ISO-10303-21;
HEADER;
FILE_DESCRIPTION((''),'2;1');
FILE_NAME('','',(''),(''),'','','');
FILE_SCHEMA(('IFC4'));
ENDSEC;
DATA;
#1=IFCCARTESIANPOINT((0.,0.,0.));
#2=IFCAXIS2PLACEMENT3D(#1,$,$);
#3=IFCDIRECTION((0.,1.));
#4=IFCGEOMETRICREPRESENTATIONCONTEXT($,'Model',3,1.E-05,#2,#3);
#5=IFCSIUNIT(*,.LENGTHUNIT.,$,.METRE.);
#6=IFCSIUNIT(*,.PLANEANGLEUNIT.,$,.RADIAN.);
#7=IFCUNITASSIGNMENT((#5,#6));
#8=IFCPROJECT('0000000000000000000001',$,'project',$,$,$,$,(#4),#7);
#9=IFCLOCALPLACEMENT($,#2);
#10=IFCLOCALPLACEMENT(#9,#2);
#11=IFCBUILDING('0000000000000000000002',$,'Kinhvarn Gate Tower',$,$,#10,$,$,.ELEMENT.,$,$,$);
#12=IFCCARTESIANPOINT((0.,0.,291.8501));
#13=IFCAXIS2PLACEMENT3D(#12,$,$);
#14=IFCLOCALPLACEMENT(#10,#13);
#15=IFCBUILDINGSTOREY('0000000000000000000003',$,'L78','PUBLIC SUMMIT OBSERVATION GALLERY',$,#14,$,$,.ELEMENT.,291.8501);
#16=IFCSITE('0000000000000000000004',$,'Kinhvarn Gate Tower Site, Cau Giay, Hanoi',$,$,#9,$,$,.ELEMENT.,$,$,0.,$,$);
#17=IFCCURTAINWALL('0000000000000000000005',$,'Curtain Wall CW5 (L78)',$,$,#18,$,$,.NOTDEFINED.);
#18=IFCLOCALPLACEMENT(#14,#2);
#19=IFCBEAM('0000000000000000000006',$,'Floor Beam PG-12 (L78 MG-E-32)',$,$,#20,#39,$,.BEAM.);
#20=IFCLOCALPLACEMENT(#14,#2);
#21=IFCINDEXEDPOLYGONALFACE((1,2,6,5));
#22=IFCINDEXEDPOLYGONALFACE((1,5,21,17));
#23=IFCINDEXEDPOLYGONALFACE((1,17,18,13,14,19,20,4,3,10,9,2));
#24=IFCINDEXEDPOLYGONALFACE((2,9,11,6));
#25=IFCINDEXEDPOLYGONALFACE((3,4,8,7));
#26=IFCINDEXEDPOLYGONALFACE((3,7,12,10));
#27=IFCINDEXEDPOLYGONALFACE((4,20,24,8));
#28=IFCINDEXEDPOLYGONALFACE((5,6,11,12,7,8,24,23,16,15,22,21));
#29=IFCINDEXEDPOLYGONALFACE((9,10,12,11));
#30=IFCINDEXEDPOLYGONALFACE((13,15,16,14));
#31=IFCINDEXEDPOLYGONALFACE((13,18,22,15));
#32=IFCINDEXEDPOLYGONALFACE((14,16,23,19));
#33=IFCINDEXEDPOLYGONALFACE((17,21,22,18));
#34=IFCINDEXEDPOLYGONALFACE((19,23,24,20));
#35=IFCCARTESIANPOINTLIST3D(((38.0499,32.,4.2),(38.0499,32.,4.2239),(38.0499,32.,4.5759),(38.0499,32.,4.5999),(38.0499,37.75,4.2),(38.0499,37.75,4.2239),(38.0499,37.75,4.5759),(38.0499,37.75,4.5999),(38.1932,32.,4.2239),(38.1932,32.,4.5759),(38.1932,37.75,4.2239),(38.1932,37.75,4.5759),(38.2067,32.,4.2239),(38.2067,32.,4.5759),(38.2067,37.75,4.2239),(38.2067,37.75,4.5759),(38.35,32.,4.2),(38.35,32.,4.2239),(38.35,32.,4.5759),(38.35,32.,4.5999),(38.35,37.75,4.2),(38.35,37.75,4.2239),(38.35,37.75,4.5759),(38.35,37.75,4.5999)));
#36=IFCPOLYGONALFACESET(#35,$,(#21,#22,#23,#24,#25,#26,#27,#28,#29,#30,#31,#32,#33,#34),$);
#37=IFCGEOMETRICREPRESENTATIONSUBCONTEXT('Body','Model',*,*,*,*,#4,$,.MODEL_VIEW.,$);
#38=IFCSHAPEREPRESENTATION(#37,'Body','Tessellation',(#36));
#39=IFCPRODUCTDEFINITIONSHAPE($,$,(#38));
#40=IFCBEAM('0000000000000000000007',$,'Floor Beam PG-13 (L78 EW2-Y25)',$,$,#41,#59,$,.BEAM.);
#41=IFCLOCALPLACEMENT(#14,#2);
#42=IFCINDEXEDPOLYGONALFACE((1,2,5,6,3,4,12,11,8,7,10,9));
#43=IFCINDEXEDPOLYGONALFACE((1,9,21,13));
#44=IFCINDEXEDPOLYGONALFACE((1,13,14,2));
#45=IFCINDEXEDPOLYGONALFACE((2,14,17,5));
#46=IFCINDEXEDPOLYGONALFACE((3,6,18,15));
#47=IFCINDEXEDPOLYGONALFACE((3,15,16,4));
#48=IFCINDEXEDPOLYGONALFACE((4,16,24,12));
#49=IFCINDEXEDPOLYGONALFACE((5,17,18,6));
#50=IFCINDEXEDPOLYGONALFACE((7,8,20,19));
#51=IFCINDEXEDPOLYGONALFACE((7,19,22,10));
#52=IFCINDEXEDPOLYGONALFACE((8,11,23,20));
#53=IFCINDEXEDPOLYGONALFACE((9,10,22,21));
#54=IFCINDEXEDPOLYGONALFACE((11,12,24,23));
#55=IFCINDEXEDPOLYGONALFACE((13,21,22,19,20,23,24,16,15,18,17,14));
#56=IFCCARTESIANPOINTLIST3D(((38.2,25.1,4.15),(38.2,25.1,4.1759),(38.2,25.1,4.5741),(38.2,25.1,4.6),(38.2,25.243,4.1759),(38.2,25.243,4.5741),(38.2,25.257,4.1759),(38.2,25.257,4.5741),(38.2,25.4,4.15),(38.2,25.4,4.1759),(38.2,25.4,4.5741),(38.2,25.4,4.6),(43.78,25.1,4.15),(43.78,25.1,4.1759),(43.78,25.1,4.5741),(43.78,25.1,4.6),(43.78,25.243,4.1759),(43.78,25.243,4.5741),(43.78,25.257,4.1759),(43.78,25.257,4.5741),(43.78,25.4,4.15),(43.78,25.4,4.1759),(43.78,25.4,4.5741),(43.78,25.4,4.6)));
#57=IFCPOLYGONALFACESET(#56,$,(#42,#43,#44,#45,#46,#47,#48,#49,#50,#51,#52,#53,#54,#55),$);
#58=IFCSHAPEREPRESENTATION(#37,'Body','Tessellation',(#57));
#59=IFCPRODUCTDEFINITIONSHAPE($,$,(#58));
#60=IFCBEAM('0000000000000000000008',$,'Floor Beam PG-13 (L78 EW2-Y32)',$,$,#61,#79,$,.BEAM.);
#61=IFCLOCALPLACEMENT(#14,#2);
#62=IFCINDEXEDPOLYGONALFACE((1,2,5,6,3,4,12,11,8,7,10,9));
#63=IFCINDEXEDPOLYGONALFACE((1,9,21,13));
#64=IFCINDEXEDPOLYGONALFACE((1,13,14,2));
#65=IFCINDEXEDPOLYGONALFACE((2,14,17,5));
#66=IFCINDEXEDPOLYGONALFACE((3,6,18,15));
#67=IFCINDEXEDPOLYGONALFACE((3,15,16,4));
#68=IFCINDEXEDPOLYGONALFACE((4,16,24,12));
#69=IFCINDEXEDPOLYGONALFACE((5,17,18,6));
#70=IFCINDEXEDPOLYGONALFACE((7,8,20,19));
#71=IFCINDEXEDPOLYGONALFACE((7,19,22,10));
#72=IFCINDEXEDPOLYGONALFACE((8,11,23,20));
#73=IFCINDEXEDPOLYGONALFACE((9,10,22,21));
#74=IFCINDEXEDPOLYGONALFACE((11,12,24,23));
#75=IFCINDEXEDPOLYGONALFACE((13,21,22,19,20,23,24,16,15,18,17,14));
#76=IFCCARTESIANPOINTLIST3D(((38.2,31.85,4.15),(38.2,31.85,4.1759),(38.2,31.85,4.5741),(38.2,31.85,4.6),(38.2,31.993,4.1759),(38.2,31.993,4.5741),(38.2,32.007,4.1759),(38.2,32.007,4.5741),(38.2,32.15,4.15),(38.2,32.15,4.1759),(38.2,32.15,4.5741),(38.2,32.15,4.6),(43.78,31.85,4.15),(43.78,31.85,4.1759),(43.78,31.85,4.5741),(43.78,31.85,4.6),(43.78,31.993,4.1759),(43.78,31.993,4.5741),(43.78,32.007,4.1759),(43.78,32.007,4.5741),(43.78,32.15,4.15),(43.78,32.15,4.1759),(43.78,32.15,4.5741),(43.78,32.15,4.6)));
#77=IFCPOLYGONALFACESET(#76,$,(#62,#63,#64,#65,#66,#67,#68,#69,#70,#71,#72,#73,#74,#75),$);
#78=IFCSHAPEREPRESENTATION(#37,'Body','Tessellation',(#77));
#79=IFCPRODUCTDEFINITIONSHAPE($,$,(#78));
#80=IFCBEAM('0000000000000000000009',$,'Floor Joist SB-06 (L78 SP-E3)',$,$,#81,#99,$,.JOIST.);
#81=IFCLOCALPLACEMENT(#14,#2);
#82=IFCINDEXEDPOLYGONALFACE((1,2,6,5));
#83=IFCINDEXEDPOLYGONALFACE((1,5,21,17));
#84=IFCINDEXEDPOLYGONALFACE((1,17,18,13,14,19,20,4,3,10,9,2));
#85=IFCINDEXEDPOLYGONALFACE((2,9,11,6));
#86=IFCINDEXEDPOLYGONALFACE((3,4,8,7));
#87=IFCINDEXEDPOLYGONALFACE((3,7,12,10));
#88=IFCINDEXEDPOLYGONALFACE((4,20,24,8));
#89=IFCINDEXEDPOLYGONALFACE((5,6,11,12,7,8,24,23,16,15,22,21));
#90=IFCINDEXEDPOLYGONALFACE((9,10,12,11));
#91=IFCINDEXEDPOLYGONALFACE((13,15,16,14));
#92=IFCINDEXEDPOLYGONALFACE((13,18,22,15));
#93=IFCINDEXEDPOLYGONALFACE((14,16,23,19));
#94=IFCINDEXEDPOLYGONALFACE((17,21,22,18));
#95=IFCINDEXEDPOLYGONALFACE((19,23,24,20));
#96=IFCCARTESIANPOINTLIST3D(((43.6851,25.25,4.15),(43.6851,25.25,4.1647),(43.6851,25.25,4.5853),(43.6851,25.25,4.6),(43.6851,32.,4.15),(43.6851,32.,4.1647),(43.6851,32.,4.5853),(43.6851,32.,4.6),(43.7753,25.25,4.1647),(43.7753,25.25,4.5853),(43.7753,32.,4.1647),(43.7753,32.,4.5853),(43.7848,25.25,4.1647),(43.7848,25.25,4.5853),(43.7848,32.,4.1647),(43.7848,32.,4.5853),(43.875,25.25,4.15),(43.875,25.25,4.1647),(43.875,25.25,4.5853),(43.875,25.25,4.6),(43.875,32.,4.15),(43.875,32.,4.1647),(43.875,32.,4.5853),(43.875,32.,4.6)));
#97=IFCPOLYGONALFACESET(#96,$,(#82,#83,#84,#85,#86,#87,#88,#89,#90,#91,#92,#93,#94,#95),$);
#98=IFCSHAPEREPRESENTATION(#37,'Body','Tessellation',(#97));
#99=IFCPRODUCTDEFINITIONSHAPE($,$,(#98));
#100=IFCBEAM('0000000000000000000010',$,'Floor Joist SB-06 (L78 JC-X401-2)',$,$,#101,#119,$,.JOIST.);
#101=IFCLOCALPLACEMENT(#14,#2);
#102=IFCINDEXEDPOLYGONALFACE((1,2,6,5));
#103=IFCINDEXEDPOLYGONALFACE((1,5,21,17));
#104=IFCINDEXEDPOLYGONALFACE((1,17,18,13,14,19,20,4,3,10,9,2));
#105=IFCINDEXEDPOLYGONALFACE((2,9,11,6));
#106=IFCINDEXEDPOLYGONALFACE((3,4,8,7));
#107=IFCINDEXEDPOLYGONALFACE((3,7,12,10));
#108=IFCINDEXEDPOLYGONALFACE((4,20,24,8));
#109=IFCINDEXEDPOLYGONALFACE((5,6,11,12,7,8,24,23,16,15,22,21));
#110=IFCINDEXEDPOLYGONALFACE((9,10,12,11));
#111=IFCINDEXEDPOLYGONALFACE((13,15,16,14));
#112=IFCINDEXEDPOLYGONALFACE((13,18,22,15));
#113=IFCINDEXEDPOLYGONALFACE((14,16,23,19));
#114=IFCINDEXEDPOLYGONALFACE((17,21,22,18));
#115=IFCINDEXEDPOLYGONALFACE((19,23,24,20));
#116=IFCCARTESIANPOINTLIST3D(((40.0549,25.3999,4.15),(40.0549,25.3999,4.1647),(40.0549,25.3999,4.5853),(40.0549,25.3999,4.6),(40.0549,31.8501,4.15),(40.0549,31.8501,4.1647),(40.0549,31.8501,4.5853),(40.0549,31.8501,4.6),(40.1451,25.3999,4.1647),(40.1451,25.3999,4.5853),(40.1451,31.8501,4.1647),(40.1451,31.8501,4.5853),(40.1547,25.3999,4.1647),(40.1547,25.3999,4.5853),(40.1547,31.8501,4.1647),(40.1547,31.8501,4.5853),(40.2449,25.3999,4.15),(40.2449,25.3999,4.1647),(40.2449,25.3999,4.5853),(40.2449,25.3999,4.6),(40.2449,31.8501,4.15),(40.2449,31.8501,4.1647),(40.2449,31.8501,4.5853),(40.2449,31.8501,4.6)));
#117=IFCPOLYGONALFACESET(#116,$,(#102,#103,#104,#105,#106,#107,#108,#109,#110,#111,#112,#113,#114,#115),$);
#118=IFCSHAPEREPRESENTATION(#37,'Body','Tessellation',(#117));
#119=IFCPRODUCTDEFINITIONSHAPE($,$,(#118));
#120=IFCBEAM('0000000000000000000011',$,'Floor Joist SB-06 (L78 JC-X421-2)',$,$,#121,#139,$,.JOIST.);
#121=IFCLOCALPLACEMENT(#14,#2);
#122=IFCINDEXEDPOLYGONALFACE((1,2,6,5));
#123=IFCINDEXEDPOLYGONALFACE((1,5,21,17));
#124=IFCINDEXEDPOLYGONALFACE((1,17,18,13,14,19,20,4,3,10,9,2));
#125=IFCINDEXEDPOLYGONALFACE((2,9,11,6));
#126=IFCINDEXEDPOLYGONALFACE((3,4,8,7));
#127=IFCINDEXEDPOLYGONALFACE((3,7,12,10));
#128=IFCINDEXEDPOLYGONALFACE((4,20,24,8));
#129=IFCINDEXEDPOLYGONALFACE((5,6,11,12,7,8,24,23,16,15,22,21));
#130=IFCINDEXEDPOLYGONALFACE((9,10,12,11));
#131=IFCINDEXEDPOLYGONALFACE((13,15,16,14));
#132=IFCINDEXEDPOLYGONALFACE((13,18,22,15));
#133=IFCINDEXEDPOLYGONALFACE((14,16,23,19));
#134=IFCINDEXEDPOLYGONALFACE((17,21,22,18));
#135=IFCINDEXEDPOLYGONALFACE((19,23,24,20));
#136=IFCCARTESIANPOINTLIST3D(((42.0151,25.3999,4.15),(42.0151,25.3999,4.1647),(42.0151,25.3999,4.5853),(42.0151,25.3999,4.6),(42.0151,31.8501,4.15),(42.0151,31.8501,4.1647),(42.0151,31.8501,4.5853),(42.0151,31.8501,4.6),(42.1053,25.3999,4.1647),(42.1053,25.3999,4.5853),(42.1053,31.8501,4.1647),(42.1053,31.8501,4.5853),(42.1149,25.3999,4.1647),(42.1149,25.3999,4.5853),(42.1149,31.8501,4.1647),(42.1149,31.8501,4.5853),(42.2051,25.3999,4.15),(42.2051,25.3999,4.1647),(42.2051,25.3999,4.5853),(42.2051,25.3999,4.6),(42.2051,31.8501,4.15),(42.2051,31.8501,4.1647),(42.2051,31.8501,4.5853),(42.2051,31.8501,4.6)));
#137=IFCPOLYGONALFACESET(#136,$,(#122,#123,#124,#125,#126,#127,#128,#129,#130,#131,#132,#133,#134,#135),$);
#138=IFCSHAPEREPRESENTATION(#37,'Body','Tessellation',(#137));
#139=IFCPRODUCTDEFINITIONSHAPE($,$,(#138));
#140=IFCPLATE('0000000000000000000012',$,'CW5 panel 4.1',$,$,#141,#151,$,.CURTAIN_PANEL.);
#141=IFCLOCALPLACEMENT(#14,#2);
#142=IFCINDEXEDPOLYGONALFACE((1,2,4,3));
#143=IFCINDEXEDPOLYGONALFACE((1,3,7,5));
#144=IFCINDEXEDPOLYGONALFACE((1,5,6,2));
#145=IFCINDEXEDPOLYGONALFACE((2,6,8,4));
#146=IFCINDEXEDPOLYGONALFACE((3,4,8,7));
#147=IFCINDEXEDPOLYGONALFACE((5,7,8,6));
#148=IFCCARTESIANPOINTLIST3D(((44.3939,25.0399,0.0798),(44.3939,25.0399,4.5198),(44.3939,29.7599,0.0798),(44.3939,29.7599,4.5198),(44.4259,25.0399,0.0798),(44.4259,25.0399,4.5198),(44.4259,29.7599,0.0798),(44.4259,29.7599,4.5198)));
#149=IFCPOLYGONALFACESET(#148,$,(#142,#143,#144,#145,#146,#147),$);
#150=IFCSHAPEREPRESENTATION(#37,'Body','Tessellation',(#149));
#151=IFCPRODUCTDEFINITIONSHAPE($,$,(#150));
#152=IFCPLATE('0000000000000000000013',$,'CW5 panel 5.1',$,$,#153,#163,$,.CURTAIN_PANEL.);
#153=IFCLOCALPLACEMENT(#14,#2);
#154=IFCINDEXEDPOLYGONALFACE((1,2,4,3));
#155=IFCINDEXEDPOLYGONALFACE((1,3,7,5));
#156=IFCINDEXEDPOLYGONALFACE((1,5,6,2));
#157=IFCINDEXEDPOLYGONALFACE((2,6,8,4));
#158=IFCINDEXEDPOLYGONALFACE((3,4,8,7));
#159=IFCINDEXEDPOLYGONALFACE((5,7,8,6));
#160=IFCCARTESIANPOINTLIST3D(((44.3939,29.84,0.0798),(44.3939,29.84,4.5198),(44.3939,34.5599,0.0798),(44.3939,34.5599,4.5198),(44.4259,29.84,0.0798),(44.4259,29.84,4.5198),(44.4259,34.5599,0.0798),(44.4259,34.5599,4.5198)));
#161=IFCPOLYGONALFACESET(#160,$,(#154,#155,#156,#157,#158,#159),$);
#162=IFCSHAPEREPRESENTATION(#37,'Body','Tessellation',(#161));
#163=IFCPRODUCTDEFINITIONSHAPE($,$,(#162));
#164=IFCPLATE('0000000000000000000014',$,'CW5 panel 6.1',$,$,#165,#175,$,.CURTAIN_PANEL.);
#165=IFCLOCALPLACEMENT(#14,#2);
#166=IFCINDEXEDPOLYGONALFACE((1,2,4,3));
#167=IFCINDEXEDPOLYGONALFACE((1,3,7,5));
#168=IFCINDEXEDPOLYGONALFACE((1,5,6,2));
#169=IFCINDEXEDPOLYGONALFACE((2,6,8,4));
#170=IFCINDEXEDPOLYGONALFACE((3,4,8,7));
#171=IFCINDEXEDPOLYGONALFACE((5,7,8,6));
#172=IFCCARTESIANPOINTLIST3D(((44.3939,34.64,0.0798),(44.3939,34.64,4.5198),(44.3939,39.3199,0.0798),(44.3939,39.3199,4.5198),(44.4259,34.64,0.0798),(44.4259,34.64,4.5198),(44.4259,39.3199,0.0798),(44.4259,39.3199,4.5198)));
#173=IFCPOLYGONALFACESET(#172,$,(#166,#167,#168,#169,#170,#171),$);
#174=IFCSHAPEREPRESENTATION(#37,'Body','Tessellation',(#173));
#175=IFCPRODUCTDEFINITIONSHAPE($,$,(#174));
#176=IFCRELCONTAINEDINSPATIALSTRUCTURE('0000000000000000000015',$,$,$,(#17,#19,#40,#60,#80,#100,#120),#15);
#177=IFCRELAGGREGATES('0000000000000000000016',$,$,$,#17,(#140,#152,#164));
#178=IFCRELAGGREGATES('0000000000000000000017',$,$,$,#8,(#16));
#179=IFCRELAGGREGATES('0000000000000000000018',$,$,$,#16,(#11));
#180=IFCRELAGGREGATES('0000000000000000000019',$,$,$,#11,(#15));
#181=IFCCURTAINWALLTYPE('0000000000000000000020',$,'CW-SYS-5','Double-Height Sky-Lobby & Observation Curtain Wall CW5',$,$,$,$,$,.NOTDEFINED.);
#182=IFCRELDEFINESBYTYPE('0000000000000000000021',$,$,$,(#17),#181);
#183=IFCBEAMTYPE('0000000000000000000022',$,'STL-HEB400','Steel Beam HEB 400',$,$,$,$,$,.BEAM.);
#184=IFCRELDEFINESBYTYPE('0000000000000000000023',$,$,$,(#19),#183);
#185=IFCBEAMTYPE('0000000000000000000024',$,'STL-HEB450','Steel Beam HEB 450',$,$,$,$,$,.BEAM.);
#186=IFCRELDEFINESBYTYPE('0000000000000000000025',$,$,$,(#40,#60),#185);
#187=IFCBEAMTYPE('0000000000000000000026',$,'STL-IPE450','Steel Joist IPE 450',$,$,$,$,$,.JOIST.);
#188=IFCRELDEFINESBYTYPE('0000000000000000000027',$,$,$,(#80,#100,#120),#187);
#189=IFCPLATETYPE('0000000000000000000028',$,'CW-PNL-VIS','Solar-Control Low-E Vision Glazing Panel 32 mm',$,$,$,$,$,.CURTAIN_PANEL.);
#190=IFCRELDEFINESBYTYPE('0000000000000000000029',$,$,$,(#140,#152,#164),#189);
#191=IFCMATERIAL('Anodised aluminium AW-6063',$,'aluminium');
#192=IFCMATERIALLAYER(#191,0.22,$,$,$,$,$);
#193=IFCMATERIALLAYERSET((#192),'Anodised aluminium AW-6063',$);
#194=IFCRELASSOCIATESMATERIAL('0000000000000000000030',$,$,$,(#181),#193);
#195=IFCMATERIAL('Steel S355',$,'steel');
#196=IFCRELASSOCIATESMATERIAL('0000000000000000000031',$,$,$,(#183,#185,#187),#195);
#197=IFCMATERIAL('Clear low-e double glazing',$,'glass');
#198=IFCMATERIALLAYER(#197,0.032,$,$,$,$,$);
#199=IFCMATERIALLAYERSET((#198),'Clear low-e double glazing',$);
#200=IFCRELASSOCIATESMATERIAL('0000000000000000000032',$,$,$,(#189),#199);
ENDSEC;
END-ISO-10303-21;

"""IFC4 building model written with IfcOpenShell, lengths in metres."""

from ifc_helpers import new_model, si_unit, direction, frame, origin, origin_2d, place, context, subcontext, project, spatial, rectangle, i_section, extrude, material, layer, layer_set, material_profile, profile_set, type_object, element, aggregate, save


model = new_model("IFC4")

# Units and contexts
model_context = context("Model", 3, precision=1e-05, world=origin(), true_north=direction((0.0, 1.0)))
body_context = subcontext(model_context, "Body", "Model", "MODEL_VIEW")
ifc_project = project(units=[si_unit("LENGTHUNIT", "METRE"), si_unit("PLANEANGLEUNIT", "RADIAN")], contexts=[model_context])

# Site, building, storey
site_placement = place(None, origin())
site = spatial("IfcSite", under=ifc_project, at=site_placement, Name="Kinhvarn Gate Tower Site, Cau Giay, Hanoi", CompositionType="ELEMENT", RefElevation=0.0)
building_placement = place(site_placement, origin())
building = spatial("IfcBuilding", under=site, at=building_placement, Name="Kinhvarn Gate Tower", CompositionType="ELEMENT")
storey_placement = place(building_placement, frame((0.0, 0.0, 291.8501)))
storey = spatial("IfcBuildingStorey", under=building, at=storey_placement, Name="L78", Description="PUBLIC SUMMIT OBSERVATION GALLERY", CompositionType="ELEMENT", Elevation=291.8501)

# Curtain wall
ifc_material_1 = material(Name="Anodised aluminium AW-6063", Category="aluminium")
ifc_layer_1 = layer(ifc_material_1, 0.22)
ifc_layer_set_1 = layer_set([ifc_layer_1], Name="Anodised aluminium AW-6063")
curtain_wall_type = type_object("IfcCurtainWallType", Name="CW-SYS-5", Description="Double-Height Sky-Lobby & Observation Curtain Wall CW5", PredefinedType="NOTDEFINED", material=ifc_layer_set_1)
curtain_wall_placement = place(storey_placement, origin())
curtain_wall = element("IfcCurtainWall", 1, at=curtain_wall_placement, inside=storey, type_object=curtain_wall_type, Name="Curtain Wall CW5 (L78)", PredefinedType="NOTDEFINED")

# Beams
ifc_material_2 = material(Name="Steel S355", Category="steel")
ifc_material_profile_1 = material_profile(ifc_material_2, i_section(OverallWidth=0.3, OverallDepth=0.3999, WebThickness=0.0134, FlangeThickness=0.0239, at=origin_2d()), Name="HEB 400")
ifc_profile_set_1 = profile_set([ifc_material_profile_1], Name="Steel S355")
beam_type_1 = type_object("IfcBeamType", Name="STL-HEB400", Description="Steel Beam HEB 400", PredefinedType="BEAM", material=ifc_profile_set_1)
beam_1_placement = place(storey_placement, frame((38.2, 32.0, 4.3999), z_axis=(0.0, 1.0, 0.0), x_axis=(-1.0, 0.0, 0.0)))
element("IfcBeam", 2, at=beam_1_placement, inside=storey, type_object=beam_type_1, Name="Floor Beam PG-12 (L78 MG-E-32)", PredefinedType="BEAM", context=body_context, shape_type="SweptSolid", body=[
    extrude(i_section(OverallWidth=0.3, OverallDepth=0.3999, WebThickness=0.0134, FlangeThickness=0.0239, at=origin_2d()), origin(), (0.0, 0.0, 1.0), 5.75),
])
ifc_material_profile_2 = material_profile(ifc_material_2, i_section(OverallWidth=0.3, OverallDepth=0.45, WebThickness=0.0139, FlangeThickness=0.0259, at=origin_2d()), Name="HEB 450")
ifc_profile_set_2 = profile_set([ifc_material_profile_2], Name="Steel S355")
beam_type_2 = type_object("IfcBeamType", Name="STL-HEB450", Description="Steel Beam HEB 450", PredefinedType="BEAM", material=ifc_profile_set_2)
for number, where, z_axis, x_axis, name in (
    (3, (38.2, 25.25, 4.375), (1.0, 0.0, 0.0), (0.0, 1.0, 0.0), "Floor Beam PG-13 (L78 EW2-Y25)"),
    (4, (38.2, 32.0, 4.375), (1.0, 0.0, 0.0), (0.0, 1.0, 0.0), "Floor Beam PG-13 (L78 EW2-Y32)"),
):
    element("IfcBeam", number, at=place(storey_placement, frame(where, z_axis=z_axis, x_axis=x_axis)), inside=storey, type_object=beam_type_2, Name=name, PredefinedType="BEAM", context=body_context, shape_type="SweptSolid", body=[
        extrude(i_section(OverallWidth=0.3, OverallDepth=0.45, WebThickness=0.0139, FlangeThickness=0.0259, at=origin_2d()), origin(), (0.0, 0.0, 1.0), 5.5801),
    ])
ifc_material_profile_3 = material_profile(ifc_material_2, i_section(OverallWidth=0.1899, OverallDepth=0.45, WebThickness=0.0095, FlangeThickness=0.0146, at=origin_2d()), Name="IPE 450")
ifc_profile_set_3 = profile_set([ifc_material_profile_3], Name="Steel S355")
beam_type_3 = type_object("IfcBeamType", Name="STL-IPE450", Description="Steel Joist IPE 450", PredefinedType="JOIST", material=ifc_profile_set_3)
beam_2_placement = place(storey_placement, frame((43.78, 25.25, 4.375), z_axis=(0.0, 1.0, 0.0), x_axis=(-1.0, 0.0, 0.0)))
element("IfcBeam", 5, at=beam_2_placement, inside=storey, type_object=beam_type_3, Name="Floor Joist SB-06 (L78 SP-E3)", PredefinedType="JOIST", context=body_context, shape_type="SweptSolid", body=[
    extrude(i_section(OverallWidth=0.1899, OverallDepth=0.45, WebThickness=0.0095, FlangeThickness=0.0146, at=origin_2d()), origin(), (0.0, 0.0, 1.0), 6.75),
])
for number, where, z_axis, x_axis, name in (
    (6, (40.1499, 25.3999, 4.375), (0.0, 1.0, 0.0), (-1.0, 0.0, 0.0), "Floor Joist SB-06 (L78 JC-X401-2)"),
    (7, (42.1101, 25.3999, 4.375), (0.0, 1.0, 0.0), (-1.0, 0.0, 0.0), "Floor Joist SB-06 (L78 JC-X421-2)"),
):
    element("IfcBeam", number, at=place(storey_placement, frame(where, z_axis=z_axis, x_axis=x_axis)), inside=storey, type_object=beam_type_3, Name=name, PredefinedType="JOIST", context=body_context, shape_type="SweptSolid", body=[
        extrude(i_section(OverallWidth=0.1899, OverallDepth=0.45, WebThickness=0.0095, FlangeThickness=0.0146, at=origin_2d()), origin(), (0.0, 0.0, 1.0), 6.4502),
    ])

# Plates
ifc_material_3 = material(Name="Clear low-e double glazing", Category="glass")
ifc_layer_2 = layer(ifc_material_3, 0.032)
ifc_layer_set_2 = layer_set([ifc_layer_2], Name="Clear low-e double glazing")
plate_type = type_object("IfcPlateType", Name="CW-PNL-VIS", Description="Solar-Control Low-E Vision Glazing Panel 32 mm", PredefinedType="CURTAIN_PANEL", material=ifc_layer_set_2)
plate_1_placement = place(storey_placement, frame((44.4099, 27.3999, 0.0798), z_axis=(0.0, 0.0, 1.0), x_axis=(0.0, 1.0, 0.0)))
plate_1 = element("IfcPlate", 8, at=plate_1_placement, type_object=plate_type, Name="CW5 panel 4.1", PredefinedType="CURTAIN_PANEL", context=body_context, shape_type="SweptSolid", body=[
    extrude(rectangle(XDim=4.72, YDim=0.032, at=origin_2d()), origin(), (0.0, 0.0, 1.0), 4.4399),
])
plate_2_placement = place(storey_placement, frame((44.4099, 32.2, 0.0798), z_axis=(0.0, 0.0, 1.0), x_axis=(0.0, 1.0, 0.0)))
plate_2 = element("IfcPlate", 9, at=plate_2_placement, type_object=plate_type, Name="CW5 panel 5.1", PredefinedType="CURTAIN_PANEL", context=body_context, shape_type="SweptSolid", body=[
    extrude(rectangle(XDim=4.72, YDim=0.032, at=origin_2d()), origin(), (0.0, 0.0, 1.0), 4.4399),
])
plate_3_placement = place(storey_placement, frame((44.4099, 36.98, 0.0798), z_axis=(0.0, 0.0, 1.0), x_axis=(0.0, 1.0, 0.0)))
plate_3 = element("IfcPlate", 10, at=plate_3_placement, type_object=plate_type, Name="CW5 panel 6.1", PredefinedType="CURTAIN_PANEL", context=body_context, shape_type="SweptSolid", body=[
    extrude(rectangle(XDim=4.6799, YDim=0.032, at=origin_2d()), origin(), (0.0, 0.0, 1.0), 4.4399),
])
aggregate(curtain_wall, [plate_1, plate_2, plate_3])

save(model, "model.ifc")
